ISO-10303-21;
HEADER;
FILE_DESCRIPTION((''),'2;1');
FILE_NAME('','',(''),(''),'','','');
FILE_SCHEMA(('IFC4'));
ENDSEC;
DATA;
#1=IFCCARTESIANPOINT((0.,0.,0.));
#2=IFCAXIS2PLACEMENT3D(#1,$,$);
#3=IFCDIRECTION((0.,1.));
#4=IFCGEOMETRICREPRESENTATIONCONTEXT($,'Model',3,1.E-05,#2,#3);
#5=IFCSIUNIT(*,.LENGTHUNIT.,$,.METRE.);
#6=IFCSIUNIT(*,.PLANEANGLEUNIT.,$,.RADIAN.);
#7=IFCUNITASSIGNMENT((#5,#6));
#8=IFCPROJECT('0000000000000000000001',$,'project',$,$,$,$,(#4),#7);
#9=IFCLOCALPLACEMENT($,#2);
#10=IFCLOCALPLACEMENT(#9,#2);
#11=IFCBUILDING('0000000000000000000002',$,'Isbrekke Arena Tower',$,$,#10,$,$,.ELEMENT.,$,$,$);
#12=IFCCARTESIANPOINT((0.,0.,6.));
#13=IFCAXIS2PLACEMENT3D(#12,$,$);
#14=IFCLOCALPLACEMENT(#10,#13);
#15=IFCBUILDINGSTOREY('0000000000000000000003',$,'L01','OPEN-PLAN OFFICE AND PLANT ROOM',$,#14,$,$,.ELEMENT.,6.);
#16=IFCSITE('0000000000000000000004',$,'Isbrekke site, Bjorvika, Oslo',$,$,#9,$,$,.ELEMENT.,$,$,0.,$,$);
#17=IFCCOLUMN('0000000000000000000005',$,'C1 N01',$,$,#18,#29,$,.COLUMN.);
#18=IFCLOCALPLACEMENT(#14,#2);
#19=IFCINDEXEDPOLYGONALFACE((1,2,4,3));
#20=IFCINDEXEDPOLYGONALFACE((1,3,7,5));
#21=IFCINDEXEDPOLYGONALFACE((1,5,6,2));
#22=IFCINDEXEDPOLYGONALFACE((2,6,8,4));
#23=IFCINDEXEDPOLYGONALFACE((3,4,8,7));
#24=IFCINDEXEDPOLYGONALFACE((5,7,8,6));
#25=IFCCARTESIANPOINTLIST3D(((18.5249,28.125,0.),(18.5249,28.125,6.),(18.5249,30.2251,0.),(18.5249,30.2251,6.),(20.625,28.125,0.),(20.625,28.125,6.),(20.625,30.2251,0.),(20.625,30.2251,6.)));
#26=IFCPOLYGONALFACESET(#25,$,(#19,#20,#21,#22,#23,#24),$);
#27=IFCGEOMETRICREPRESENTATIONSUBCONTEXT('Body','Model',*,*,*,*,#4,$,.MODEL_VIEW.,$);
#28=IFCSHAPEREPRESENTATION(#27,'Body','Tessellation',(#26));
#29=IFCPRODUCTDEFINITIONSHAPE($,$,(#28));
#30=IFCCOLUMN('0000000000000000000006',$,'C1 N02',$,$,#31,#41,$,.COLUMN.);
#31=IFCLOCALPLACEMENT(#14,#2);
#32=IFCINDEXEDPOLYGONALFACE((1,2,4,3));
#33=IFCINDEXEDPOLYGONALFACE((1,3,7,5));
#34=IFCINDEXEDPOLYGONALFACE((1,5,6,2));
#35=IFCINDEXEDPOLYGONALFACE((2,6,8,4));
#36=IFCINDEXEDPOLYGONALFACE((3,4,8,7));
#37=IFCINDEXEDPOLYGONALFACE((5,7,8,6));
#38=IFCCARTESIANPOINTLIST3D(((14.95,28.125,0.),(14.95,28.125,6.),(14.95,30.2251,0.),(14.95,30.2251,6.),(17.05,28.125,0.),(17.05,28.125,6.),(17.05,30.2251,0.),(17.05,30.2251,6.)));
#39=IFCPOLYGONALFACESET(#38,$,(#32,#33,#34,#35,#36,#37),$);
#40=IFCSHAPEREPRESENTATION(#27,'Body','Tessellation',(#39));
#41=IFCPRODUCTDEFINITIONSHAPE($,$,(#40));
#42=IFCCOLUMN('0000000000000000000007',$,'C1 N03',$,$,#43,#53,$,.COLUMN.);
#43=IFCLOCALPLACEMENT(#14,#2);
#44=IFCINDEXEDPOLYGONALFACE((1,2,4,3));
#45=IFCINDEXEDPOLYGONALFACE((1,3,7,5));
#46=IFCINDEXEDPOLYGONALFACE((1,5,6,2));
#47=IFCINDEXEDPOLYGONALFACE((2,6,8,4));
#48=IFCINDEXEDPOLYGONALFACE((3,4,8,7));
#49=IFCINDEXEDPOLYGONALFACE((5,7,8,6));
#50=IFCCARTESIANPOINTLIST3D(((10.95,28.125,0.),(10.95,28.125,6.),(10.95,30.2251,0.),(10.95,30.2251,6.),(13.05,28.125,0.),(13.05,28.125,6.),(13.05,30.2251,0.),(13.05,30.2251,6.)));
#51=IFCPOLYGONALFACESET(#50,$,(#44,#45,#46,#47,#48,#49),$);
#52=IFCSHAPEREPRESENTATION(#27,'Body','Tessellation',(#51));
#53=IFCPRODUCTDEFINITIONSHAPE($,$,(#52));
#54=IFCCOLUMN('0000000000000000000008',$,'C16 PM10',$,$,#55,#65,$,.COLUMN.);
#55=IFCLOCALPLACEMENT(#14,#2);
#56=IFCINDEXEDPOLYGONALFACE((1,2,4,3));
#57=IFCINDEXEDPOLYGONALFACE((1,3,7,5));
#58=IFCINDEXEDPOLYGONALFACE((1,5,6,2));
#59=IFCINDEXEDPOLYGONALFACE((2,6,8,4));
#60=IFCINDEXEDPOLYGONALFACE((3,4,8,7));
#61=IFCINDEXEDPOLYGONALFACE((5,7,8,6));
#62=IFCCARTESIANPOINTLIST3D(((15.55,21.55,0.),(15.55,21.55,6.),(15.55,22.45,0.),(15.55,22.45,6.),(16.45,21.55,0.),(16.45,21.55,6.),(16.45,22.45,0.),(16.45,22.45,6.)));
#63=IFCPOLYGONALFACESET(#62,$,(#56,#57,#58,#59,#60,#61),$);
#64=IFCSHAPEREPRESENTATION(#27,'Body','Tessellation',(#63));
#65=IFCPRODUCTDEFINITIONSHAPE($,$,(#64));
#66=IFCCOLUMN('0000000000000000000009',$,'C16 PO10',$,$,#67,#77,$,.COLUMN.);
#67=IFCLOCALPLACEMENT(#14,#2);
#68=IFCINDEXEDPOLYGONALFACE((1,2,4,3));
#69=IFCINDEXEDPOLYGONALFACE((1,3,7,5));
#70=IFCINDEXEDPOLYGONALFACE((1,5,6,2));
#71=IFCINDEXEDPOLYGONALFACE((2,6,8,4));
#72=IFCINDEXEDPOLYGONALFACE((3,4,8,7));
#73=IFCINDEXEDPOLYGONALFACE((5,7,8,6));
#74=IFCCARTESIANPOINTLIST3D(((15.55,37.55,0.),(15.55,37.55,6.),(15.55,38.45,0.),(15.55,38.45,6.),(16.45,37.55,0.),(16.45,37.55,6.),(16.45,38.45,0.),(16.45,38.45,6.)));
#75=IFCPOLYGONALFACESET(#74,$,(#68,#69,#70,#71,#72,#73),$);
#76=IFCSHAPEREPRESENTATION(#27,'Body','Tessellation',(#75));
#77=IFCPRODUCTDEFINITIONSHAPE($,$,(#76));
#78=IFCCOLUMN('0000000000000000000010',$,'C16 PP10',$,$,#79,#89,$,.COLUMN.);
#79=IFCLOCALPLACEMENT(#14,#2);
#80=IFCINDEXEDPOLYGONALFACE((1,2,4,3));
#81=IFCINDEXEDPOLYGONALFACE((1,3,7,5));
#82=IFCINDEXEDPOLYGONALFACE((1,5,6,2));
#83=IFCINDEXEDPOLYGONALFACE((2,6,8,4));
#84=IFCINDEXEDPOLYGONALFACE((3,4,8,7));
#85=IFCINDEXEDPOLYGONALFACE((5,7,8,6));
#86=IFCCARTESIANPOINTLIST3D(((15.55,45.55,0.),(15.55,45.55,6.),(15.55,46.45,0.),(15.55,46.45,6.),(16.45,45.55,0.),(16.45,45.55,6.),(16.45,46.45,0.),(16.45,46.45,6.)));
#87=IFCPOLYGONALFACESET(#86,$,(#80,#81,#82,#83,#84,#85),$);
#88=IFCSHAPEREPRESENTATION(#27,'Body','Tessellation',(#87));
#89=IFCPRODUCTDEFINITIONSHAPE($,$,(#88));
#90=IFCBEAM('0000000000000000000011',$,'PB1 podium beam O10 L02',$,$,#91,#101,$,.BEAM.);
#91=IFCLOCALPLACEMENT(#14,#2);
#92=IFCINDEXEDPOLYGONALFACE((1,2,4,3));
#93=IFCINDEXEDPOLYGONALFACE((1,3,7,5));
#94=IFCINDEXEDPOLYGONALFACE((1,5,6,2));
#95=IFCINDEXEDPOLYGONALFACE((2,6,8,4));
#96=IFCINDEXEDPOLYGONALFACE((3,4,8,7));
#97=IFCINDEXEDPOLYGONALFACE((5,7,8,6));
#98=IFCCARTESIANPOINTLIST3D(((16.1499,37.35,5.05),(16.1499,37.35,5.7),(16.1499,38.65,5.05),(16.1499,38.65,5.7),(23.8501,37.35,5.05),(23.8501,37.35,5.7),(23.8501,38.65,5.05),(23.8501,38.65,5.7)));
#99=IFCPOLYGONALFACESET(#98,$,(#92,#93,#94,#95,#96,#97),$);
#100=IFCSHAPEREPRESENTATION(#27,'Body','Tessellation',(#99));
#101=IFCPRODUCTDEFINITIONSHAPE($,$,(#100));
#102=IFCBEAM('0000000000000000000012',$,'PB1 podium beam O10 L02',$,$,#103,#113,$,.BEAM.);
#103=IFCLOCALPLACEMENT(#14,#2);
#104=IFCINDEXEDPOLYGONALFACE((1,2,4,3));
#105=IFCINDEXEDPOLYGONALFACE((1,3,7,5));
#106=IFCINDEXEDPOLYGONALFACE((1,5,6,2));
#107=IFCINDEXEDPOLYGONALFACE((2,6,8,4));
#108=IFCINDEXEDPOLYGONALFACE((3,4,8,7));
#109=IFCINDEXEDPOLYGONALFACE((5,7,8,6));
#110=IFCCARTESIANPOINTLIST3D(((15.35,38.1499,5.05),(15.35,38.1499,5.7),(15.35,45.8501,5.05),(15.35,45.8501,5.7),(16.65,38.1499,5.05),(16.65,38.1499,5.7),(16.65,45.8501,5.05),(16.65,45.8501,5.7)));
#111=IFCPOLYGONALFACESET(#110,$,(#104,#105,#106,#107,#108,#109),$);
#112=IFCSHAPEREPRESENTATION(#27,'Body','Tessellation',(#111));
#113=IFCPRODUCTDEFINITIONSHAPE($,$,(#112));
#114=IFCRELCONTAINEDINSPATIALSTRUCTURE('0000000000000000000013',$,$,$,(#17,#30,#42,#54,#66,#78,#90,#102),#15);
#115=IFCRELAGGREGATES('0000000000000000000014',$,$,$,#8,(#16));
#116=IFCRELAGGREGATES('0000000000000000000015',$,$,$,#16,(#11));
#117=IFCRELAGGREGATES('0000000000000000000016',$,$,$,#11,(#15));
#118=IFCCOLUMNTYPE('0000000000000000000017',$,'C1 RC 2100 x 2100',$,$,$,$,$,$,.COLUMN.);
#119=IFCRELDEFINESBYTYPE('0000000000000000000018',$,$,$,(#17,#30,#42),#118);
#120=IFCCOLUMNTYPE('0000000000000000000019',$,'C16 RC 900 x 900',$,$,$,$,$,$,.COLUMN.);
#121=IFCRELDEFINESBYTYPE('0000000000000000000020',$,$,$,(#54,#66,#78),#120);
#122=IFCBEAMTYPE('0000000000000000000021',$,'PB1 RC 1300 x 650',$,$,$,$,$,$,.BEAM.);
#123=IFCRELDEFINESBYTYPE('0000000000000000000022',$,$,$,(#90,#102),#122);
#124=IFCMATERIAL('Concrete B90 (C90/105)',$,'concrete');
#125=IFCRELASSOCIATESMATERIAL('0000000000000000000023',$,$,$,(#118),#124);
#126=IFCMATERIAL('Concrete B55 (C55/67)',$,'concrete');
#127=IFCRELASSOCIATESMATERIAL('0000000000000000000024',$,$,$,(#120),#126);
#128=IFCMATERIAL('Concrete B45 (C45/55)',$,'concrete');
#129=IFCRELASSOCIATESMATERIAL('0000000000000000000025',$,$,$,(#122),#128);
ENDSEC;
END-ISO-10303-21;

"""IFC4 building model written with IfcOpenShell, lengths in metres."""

from ifc_helpers import new_model, si_unit, direction, frame, origin, origin_2d, place, context, subcontext, project, spatial, rectangle, extrude, material, material_profile, profile_set, type_object, element, save


model = new_model("IFC4")

# Units and contexts
model_context = context("Model", 3, precision=1e-05, world=origin(), true_north=direction((0.0, 1.0)))
body_context = subcontext(model_context, "Body", "Model", "MODEL_VIEW")
ifc_project = project(units=[si_unit("LENGTHUNIT", "METRE"), si_unit("PLANEANGLEUNIT", "RADIAN")], contexts=[model_context])

# Site, building, storey
site_placement = place(None, origin())
site = spatial("IfcSite", under=ifc_project, at=site_placement, Name="Isbrekke site, Bjorvika, Oslo", CompositionType="ELEMENT", RefElevation=0.0)
building_placement = place(site_placement, origin())
building = spatial("IfcBuilding", under=site, at=building_placement, Name="Isbrekke Arena Tower", CompositionType="ELEMENT")
storey_placement = place(building_placement, frame((0.0, 0.0, 6.0)))
storey = spatial("IfcBuildingStorey", under=building, at=storey_placement, Name="L01", Description="OPEN-PLAN OFFICE AND PLANT ROOM", CompositionType="ELEMENT", Elevation=6.0)

# Columns
ifc_material_1 = material(Name="Concrete B90 (C90/105)", Category="concrete")
ifc_material_profile_1 = material_profile(ifc_material_1, rectangle(XDim=2.1001, YDim=2.1001, at=origin_2d()), Name="RC 2100x2100")
ifc_profile_set_1 = profile_set([ifc_material_profile_1], Name="Concrete B90 (C90/105)")
column_type_1 = type_object("IfcColumnType", Name="C1 RC 2100 x 2100", PredefinedType="COLUMN", material=ifc_profile_set_1)
for number, where, z_axis, x_axis, name in (
    (1, (19.575, 29.175, 0.0), (0.0, 0.0, 1.0), (-1.0, 0.0, 0.0), "C1 N01"),
    (2, (16.0, 29.175, 0.0), (0.0, 0.0, 1.0), (-1.0, 0.0, 0.0), "C1 N02"),
    (3, (12.0, 29.175, 0.0), (0.0, 0.0, 1.0), (-1.0, 0.0, 0.0), "C1 N03"),
):
    element("IfcColumn", number, at=place(storey_placement, frame(where, z_axis=z_axis, x_axis=x_axis)), inside=storey, type_object=column_type_1, Name=name, PredefinedType="COLUMN", context=body_context, shape_type="SweptSolid", body=[
        extrude(rectangle(XDim=2.1001, YDim=2.1001, at=origin_2d()), origin(), (0.0, 0.0, 1.0), 6.0),
    ])
ifc_material_2 = material(Name="Concrete B55 (C55/67)", Category="concrete")
ifc_material_profile_2 = material_profile(ifc_material_2, rectangle(XDim=0.8999, YDim=0.8999, at=origin_2d()), Name="RC 900x900")
ifc_profile_set_2 = profile_set([ifc_material_profile_2], Name="Concrete B55 (C55/67)")
column_type_2 = type_object("IfcColumnType", Name="C16 RC 900 x 900", PredefinedType="COLUMN", material=ifc_profile_set_2)
for number, where, z_axis, x_axis, name in (
    (4, (16.0, 22.0, 0.0), (0.0, 0.0, 1.0), (1.0, 0.0, 0.0), "C16 PM10"),
    (5, (16.0, 38.0, 0.0), (0.0, 0.0, 1.0), (1.0, 0.0, 0.0), "C16 PO10"),
    (6, (16.0, 46.0, 0.0), (0.0, 0.0, 1.0), (1.0, 0.0, 0.0), "C16 PP10"),
):
    element("IfcColumn", number, at=place(storey_placement, frame(where, z_axis=z_axis, x_axis=x_axis)), inside=storey, type_object=column_type_2, Name=name, PredefinedType="COLUMN", context=body_context, shape_type="SweptSolid", body=[
        extrude(rectangle(XDim=0.8999, YDim=0.8999, at=origin_2d()), origin(), (0.0, 0.0, 1.0), 6.0),
    ])

# Beams
ifc_material_3 = material(Name="Concrete B45 (C45/55)", Category="concrete")
ifc_material_profile_3 = material_profile(ifc_material_3, rectangle(XDim=1.3, YDim=0.6499, at=origin_2d()), Name="RC 1300x650")
ifc_profile_set_3 = profile_set([ifc_material_profile_3], Name="Concrete B45 (C45/55)")
beam_type = type_object("IfcBeamType", Name="PB1 RC 1300 x 650", PredefinedType="BEAM", material=ifc_profile_set_3)
for number, where, z_axis, x_axis, name in (
    (7, (16.1499, 38.0, 5.375), (1.0, 0.0, 0.0), (0.0, 1.0, 0.0), "PB1 podium beam O10 L02"),
    (8, (16.0, 38.1499, 5.375), (0.0, 1.0, 0.0), (-1.0, 0.0, 0.0), "PB1 podium beam O10 L02"),
):
    element("IfcBeam", number, at=place(storey_placement, frame(where, z_axis=z_axis, x_axis=x_axis)), inside=storey, type_object=beam_type, Name=name, PredefinedType="BEAM", context=body_context, shape_type="SweptSolid", body=[
        extrude(rectangle(XDim=1.3, YDim=0.6499, at=origin_2d()), origin(), (0.0, 0.0, 1.0), 7.7002),
    ])

save(model, "model.ifc")
